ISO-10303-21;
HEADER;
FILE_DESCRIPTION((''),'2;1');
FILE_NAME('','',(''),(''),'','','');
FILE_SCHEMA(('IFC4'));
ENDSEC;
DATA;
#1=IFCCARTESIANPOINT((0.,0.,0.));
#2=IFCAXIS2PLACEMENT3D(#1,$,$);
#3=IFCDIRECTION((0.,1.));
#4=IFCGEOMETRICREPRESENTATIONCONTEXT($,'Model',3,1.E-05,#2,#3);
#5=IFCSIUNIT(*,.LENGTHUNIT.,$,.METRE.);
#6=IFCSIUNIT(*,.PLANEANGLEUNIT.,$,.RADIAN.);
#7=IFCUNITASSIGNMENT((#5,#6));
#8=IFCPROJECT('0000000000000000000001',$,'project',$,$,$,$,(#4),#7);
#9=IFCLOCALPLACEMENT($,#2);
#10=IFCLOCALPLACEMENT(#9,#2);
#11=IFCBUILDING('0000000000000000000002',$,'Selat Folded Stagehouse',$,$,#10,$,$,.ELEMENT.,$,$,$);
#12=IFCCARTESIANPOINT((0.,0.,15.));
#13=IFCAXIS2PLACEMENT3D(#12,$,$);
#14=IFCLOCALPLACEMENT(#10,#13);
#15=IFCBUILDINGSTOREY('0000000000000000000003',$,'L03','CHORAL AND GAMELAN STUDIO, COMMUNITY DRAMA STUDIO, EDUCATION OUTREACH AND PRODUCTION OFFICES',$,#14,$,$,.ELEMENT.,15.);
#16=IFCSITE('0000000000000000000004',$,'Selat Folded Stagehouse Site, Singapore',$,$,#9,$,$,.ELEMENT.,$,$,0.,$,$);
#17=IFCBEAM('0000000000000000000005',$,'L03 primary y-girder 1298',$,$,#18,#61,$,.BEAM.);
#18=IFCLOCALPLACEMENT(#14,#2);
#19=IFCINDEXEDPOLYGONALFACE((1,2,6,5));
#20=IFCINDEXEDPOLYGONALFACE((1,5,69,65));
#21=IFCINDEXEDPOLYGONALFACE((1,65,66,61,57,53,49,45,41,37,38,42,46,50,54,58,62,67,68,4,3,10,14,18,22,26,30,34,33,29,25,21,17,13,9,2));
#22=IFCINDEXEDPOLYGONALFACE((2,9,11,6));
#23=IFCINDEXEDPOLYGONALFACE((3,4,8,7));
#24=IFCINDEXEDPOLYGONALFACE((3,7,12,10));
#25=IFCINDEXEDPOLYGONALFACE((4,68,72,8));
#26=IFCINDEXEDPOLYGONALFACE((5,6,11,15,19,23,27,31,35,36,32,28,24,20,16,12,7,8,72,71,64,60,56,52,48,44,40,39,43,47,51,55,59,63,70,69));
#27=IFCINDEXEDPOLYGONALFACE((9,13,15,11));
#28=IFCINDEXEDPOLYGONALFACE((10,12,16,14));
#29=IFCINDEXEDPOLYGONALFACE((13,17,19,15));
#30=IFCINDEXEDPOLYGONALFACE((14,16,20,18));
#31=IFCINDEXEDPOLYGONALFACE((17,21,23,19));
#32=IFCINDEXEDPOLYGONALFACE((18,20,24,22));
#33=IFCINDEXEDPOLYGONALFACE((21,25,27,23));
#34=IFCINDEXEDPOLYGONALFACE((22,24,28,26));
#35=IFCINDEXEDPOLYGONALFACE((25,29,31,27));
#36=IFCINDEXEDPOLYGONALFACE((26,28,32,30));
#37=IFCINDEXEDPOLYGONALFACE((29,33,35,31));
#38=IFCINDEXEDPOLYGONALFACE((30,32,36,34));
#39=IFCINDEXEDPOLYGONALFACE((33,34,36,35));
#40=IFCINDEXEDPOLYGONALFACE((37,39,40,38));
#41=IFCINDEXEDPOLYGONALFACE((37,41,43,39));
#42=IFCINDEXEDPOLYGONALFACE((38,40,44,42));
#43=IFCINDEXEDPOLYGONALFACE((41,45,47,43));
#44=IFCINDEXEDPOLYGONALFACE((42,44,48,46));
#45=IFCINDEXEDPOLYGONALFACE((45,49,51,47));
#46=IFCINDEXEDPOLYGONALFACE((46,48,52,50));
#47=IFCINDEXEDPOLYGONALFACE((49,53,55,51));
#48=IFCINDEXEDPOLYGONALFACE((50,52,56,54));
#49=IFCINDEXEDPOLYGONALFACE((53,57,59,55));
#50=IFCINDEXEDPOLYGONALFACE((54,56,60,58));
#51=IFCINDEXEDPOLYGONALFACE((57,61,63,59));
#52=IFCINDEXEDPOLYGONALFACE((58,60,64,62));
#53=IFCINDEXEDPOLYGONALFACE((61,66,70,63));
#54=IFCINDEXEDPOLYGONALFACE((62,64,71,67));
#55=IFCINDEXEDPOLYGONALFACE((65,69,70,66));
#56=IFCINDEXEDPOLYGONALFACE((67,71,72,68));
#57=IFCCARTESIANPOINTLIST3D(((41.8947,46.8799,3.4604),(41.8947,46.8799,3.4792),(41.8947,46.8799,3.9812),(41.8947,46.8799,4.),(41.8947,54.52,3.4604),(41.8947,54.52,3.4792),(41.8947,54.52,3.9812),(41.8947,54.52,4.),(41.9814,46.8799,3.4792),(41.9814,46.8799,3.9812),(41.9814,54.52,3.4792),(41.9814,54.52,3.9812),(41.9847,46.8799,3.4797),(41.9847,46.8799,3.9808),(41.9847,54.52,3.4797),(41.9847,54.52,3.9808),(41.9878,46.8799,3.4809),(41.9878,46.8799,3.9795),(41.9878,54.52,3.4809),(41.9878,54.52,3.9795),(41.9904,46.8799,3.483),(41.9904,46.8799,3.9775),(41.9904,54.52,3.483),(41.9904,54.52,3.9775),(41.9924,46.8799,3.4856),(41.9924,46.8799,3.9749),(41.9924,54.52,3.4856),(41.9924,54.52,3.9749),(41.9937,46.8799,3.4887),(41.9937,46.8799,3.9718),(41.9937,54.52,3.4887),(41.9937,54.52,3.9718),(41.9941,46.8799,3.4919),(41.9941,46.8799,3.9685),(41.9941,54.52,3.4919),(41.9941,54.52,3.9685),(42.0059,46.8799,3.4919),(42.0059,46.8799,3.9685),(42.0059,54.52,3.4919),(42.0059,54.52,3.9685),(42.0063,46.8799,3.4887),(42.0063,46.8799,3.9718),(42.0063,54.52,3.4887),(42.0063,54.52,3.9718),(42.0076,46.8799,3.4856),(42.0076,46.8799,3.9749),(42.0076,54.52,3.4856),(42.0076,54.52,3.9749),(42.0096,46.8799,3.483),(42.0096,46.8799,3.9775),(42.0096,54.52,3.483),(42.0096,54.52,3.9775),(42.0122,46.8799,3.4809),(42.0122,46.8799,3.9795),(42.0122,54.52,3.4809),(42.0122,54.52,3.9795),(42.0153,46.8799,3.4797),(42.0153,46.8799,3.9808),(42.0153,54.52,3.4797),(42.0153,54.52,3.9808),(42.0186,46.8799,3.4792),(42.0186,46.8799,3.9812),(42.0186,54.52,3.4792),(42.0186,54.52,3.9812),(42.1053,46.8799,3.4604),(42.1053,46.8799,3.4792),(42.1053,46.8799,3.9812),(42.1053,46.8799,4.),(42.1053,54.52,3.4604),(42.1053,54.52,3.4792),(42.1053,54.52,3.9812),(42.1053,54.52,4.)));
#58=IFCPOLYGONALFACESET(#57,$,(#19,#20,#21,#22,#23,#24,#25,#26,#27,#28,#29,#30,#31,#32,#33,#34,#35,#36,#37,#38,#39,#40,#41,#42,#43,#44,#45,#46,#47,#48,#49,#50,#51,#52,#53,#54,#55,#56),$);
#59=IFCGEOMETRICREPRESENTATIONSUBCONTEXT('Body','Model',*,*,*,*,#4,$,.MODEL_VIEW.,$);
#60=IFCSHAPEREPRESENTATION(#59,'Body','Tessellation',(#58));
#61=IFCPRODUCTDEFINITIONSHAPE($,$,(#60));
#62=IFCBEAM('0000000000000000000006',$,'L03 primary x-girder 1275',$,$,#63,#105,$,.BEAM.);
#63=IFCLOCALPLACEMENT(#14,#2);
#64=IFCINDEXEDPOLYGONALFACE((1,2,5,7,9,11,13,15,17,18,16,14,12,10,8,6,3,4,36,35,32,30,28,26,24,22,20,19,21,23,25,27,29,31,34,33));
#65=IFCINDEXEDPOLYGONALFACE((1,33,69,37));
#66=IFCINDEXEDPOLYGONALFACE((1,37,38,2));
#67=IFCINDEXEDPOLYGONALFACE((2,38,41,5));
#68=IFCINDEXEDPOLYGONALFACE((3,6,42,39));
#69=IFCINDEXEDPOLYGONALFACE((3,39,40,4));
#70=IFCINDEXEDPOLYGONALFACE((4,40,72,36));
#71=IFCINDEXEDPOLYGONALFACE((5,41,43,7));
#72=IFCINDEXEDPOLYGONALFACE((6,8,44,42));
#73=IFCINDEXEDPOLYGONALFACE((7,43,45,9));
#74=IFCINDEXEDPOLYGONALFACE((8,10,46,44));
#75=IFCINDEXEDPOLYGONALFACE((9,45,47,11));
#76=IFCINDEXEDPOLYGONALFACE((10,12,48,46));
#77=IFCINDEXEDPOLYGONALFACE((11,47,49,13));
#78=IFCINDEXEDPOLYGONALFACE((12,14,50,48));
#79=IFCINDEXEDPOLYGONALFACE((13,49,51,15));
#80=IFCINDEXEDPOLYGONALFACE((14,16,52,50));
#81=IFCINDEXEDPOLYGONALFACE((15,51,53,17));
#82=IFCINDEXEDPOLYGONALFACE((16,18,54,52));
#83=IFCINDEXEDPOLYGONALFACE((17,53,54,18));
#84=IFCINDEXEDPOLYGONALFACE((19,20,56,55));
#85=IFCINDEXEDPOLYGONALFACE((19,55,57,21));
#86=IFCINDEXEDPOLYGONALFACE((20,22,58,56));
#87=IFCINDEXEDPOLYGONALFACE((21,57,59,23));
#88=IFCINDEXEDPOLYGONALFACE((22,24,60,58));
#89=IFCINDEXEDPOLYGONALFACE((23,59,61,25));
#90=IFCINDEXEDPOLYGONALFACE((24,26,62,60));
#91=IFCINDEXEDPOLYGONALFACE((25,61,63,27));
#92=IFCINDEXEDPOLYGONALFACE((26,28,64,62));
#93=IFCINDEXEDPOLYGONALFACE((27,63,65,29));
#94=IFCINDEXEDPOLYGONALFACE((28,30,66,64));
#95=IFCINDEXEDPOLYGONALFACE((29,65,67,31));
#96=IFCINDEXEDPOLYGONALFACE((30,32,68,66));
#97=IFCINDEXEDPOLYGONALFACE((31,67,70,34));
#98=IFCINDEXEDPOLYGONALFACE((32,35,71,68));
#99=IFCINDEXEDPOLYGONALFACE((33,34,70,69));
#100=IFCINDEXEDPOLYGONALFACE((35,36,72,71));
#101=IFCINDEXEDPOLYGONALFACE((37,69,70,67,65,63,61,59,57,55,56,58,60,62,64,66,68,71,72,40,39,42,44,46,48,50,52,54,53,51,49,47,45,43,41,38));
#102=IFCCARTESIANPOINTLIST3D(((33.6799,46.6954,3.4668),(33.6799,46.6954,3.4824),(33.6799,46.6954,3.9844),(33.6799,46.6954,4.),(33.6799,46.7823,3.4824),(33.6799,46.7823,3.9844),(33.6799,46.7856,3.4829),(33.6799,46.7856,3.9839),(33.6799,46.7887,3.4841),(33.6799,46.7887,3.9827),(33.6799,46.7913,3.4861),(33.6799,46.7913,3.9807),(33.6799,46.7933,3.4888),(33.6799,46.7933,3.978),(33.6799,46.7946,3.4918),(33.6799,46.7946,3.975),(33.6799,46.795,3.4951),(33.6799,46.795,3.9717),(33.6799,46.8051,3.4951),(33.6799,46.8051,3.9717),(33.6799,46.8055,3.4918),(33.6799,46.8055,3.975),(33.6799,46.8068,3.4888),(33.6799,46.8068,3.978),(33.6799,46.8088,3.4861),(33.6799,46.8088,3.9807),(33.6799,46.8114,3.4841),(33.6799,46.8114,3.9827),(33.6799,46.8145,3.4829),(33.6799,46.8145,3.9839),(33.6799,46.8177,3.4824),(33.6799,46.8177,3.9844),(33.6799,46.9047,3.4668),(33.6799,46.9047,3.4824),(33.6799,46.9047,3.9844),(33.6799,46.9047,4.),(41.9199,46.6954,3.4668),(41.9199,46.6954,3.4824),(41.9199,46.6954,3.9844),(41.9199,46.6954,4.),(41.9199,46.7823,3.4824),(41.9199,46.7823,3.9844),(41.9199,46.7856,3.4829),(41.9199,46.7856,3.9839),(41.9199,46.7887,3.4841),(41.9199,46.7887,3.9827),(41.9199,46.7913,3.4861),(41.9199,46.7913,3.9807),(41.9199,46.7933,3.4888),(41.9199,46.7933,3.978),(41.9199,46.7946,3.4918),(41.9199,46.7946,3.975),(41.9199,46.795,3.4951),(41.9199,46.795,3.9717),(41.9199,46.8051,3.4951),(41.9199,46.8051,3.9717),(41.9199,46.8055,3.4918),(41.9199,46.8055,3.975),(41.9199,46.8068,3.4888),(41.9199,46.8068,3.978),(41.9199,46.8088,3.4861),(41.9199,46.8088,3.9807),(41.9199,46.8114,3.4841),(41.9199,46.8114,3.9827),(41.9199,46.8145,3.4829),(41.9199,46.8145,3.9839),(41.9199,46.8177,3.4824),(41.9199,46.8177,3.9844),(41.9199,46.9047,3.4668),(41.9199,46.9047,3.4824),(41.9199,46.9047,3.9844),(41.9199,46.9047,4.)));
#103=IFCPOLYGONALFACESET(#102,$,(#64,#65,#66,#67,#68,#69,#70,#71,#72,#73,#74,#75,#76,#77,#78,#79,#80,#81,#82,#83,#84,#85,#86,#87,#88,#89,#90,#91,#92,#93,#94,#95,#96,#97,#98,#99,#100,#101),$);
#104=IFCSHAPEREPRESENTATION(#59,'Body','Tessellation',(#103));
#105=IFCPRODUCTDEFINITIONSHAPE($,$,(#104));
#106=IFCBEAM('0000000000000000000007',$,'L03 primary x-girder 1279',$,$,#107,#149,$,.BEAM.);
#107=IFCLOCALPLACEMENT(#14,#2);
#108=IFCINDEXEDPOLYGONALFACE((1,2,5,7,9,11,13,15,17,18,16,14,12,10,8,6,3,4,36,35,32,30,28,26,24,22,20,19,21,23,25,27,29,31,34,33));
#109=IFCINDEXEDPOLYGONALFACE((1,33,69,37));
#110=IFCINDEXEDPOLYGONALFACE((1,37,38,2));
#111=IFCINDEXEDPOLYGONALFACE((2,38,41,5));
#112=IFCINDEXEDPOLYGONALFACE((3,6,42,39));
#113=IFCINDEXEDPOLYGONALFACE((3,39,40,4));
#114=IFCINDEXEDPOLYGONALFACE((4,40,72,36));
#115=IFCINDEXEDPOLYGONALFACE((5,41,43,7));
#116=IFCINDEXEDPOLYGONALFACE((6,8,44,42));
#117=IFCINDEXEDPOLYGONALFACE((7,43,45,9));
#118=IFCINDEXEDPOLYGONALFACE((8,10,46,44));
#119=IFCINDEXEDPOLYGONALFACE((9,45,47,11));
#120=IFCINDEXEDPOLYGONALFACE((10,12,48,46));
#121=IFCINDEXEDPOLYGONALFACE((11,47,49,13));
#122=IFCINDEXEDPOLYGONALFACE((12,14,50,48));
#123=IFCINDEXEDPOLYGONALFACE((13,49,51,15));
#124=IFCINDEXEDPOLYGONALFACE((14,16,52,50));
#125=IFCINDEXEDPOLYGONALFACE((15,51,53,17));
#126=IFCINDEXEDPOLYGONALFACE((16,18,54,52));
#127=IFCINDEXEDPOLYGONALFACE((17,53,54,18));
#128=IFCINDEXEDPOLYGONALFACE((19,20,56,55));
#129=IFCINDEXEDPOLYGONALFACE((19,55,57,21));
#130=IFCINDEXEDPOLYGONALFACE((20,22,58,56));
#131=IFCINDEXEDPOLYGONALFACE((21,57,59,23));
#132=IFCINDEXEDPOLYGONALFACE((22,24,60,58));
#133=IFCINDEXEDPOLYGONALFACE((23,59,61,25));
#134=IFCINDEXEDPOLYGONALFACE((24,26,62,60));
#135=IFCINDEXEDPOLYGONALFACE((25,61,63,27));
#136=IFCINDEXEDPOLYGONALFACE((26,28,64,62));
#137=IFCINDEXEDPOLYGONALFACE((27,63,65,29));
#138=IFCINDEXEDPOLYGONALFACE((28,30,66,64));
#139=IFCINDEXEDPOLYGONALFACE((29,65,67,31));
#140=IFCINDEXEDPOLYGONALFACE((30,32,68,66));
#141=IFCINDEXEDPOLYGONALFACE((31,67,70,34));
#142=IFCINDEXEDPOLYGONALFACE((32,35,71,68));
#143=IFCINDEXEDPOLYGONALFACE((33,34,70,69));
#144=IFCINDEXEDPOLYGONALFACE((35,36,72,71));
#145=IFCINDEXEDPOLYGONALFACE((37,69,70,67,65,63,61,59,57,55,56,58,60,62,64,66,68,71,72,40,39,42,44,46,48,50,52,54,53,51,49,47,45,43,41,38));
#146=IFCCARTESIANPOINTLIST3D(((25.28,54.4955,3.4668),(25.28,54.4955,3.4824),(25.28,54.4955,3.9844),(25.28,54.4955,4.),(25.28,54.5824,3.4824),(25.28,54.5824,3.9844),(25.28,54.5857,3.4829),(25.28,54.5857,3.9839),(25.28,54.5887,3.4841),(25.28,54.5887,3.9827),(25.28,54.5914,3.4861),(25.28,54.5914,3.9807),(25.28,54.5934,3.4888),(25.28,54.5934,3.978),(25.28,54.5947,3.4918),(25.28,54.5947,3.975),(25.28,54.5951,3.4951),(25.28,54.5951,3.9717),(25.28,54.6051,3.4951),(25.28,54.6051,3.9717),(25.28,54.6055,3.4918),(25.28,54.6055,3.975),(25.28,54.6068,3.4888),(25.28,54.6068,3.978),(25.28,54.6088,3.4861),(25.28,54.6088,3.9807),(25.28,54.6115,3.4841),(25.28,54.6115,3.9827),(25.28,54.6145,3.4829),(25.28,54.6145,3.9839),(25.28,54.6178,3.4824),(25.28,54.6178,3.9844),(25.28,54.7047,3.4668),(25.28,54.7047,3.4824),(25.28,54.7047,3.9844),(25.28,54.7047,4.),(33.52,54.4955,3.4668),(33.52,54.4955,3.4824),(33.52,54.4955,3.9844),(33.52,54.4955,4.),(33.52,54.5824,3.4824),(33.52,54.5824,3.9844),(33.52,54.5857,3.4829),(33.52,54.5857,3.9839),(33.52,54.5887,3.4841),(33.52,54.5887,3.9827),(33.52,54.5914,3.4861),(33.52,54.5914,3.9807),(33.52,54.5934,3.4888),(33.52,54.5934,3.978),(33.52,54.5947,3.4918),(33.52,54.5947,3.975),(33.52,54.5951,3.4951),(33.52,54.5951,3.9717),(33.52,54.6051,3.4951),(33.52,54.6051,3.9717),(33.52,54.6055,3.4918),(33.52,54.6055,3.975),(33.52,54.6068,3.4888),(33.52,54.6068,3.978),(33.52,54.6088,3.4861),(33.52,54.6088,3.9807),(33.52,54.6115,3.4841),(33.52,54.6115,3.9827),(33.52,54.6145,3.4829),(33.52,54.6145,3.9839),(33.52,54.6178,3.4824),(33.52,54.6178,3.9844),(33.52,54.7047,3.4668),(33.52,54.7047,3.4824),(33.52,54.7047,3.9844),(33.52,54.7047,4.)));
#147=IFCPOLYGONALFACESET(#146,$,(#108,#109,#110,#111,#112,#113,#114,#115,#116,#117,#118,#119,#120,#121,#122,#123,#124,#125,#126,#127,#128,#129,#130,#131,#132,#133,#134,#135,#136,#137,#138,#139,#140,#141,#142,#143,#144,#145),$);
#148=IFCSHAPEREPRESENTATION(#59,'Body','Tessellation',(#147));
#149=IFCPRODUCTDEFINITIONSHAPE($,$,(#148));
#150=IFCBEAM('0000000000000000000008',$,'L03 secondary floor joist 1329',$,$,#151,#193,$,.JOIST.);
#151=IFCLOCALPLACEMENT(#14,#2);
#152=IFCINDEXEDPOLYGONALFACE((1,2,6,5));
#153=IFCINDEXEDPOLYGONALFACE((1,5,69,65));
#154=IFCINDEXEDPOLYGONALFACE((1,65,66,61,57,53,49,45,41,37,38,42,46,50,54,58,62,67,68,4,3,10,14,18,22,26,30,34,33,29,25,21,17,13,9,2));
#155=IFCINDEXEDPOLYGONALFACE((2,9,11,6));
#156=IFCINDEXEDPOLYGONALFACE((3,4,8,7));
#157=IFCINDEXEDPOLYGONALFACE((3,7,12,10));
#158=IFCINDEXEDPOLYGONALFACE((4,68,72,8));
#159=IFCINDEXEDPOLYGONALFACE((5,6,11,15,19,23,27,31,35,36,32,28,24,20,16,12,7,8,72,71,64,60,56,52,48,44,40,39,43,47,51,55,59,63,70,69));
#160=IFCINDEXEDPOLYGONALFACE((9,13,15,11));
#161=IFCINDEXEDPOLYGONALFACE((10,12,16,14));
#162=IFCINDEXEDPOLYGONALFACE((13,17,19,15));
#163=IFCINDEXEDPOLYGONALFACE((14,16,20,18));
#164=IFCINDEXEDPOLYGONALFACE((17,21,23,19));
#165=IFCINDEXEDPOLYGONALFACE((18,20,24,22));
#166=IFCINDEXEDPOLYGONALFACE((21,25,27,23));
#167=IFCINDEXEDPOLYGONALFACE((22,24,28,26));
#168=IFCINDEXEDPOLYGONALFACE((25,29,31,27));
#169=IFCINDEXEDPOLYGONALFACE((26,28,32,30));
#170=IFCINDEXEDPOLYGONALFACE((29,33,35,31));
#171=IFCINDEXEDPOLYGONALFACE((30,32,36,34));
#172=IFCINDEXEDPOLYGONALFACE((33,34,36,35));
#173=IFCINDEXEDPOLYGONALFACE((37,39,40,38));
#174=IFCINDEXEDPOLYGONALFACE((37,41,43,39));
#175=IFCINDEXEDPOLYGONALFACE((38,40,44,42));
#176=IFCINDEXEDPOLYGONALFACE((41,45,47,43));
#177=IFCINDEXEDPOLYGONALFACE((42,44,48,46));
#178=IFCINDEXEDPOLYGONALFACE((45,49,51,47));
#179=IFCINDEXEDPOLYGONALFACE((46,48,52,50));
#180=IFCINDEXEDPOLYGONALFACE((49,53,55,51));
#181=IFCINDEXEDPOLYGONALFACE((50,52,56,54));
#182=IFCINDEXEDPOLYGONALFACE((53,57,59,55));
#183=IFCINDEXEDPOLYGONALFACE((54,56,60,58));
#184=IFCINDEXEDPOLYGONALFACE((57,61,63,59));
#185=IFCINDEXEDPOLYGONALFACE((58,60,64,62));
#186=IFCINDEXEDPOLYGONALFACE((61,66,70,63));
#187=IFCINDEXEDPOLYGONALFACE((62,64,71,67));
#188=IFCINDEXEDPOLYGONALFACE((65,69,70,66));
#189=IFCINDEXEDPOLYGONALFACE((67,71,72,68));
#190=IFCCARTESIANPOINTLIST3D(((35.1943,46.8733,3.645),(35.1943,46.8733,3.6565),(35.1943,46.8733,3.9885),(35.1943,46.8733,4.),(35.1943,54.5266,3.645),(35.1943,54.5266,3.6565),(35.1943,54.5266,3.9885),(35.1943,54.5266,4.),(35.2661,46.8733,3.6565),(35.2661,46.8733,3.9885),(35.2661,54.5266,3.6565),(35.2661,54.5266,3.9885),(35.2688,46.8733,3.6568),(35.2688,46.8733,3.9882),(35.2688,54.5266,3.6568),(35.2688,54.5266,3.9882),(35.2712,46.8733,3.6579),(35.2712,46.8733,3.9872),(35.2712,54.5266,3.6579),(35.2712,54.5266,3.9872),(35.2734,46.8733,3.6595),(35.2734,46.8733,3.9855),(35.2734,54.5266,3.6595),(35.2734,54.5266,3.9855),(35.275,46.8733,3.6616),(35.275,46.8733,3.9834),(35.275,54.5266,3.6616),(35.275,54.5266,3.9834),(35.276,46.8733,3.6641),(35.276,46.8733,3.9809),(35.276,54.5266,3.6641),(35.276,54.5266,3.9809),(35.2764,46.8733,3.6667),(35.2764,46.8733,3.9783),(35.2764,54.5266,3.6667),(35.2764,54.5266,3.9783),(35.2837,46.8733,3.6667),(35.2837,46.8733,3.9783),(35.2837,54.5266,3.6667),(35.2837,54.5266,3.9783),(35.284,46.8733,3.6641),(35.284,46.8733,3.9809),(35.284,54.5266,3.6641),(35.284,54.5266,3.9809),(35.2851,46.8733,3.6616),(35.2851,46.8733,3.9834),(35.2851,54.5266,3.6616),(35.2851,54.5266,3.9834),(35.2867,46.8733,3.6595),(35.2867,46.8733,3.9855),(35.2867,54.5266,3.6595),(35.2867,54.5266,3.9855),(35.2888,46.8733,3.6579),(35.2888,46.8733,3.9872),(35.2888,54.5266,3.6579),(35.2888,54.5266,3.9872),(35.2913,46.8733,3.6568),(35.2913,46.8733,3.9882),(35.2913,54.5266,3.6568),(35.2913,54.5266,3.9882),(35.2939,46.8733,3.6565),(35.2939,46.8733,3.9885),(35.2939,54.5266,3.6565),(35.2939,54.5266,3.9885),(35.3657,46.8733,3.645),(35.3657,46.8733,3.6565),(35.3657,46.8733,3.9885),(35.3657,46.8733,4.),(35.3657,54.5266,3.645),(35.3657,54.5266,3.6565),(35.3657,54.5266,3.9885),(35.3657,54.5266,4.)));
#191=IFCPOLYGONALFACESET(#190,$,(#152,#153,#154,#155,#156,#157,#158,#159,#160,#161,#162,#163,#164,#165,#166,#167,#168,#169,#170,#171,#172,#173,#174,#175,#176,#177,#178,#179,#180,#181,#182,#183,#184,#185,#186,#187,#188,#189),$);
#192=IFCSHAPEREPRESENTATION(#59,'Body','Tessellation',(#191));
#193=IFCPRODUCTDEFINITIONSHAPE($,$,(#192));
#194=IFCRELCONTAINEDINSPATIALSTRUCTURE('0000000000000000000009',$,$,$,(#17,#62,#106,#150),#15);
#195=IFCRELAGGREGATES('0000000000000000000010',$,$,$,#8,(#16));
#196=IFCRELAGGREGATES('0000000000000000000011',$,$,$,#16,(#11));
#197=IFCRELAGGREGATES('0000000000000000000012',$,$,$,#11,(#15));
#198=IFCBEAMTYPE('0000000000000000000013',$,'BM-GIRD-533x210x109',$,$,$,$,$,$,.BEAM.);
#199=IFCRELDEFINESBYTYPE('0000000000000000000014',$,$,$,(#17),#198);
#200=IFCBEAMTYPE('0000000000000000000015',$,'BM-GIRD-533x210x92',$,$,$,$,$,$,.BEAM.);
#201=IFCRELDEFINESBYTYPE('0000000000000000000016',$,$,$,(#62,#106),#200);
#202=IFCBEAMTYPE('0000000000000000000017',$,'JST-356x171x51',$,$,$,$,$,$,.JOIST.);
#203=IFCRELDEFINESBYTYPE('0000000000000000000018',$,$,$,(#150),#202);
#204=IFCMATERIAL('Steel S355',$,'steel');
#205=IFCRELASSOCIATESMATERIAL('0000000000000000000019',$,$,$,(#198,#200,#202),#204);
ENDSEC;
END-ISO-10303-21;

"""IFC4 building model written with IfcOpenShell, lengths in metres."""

from ifc_helpers import new_model, si_unit, direction, frame, origin, origin_2d, place, context, subcontext, project, spatial, i_section, extrude, material, material_profile, profile_set, type_object, element, save


model = new_model("IFC4")

# Units and contexts
model_context = context("Model", 3, precision=1e-05, world=origin(), true_north=direction((0.0, 1.0)))
body_context = subcontext(model_context, "Body", "Model", "MODEL_VIEW")
ifc_project = project(units=[si_unit("LENGTHUNIT", "METRE"), si_unit("PLANEANGLEUNIT", "RADIAN")], contexts=[model_context])

# Site, building, storey
site_placement = place(None, origin())
site = spatial("IfcSite", under=ifc_project, at=site_placement, Name="Selat Folded Stagehouse Site, Singapore", CompositionType="ELEMENT", RefElevation=0.0)
building_placement = place(site_placement, origin())
building = spatial("IfcBuilding", under=site, at=building_placement, Name="Selat Folded Stagehouse", CompositionType="ELEMENT")
storey_placement = place(building_placement, frame((0.0, 0.0, 15.0)))
storey = spatial("IfcBuildingStorey", under=building, at=storey_placement, Name="L03", Description="CHORAL AND GAMELAN STUDIO, COMMUNITY DRAMA STUDIO, EDUCATION OUTREACH AND PRODUCTION OFFICES", CompositionType="ELEMENT", Elevation=15.0)

# Shared definitions
ifc_material_1 = material(Name="Steel S355", Category="steel")

# Beams
ifc_material_profile_1 = material_profile(ifc_material_1, i_section(OverallWidth=0.2107, OverallDepth=0.5396, WebThickness=0.0117, FlangeThickness=0.0188, FilletRadius=0.0127, at=origin_2d()), Name="UKB 533x210x109")
ifc_profile_set_1 = profile_set([ifc_material_profile_1], Name="Steel S355")
beam_type_1 = type_object("IfcBeamType", Name="BM-GIRD-533x210x109", PredefinedType="BEAM", material=ifc_profile_set_1)
for number, where, z_axis, x_axis, name in (
    (1, (42.0, 46.8799, 3.7302), (0.0, 1.0, 0.0), (-1.0, 0.0, 0.0), "L03 primary y-girder 1298"),
):
    element("IfcBeam", number, at=place(storey_placement, frame(where, z_axis=z_axis, x_axis=x_axis)), inside=storey, type_object=beam_type_1, Name=name, PredefinedType="BEAM", context=body_context, shape_type="SweptSolid", body=[
        extrude(i_section(OverallWidth=0.2107, OverallDepth=0.5396, WebThickness=0.0117, FlangeThickness=0.0188, FilletRadius=0.0127, at=origin_2d()), origin(), (0.0, 0.0, 1.0), 7.6401),
    ])
ifc_material_profile_2 = material_profile(ifc_material_1, i_section(OverallWidth=0.2092, OverallDepth=0.5332, WebThickness=0.01, FlangeThickness=0.0156, FilletRadius=0.0127, at=origin_2d()), Name="UKB 533x210x92")
ifc_profile_set_2 = profile_set([ifc_material_profile_2], Name="Steel S355")
beam_type_2 = type_object("IfcBeamType", Name="BM-GIRD-533x210x92", PredefinedType="BEAM", material=ifc_profile_set_2)
for number, where, z_axis, x_axis, name in (
    (2, (33.6799, 46.8, 3.7334), (1.0, 0.0, 0.0), (0.0, 1.0, 0.0), "L03 primary x-girder 1275"),
    (3, (25.28, 54.6001, 3.7334), (1.0, 0.0, 0.0), (0.0, 1.0, 0.0), "L03 primary x-girder 1279"),
):
    element("IfcBeam", number, at=place(storey_placement, frame(where, z_axis=z_axis, x_axis=x_axis)), inside=storey, type_object=beam_type_2, Name=name, PredefinedType="BEAM", context=body_context, shape_type="SweptSolid", body=[
        extrude(i_section(OverallWidth=0.2092, OverallDepth=0.5332, WebThickness=0.01, FlangeThickness=0.0156, FilletRadius=0.0127, at=origin_2d()), origin(), (0.0, 0.0, 1.0), 8.24),
    ])
ifc_material_profile_3 = material_profile(ifc_material_1, i_section(OverallWidth=0.1714, OverallDepth=0.355, WebThickness=0.0073, FlangeThickness=0.0115, FilletRadius=0.0103, at=origin_2d()), Name="UKB 356x171x51")
ifc_profile_set_3 = profile_set([ifc_material_profile_3], Name="Steel S355")
beam_type_3 = type_object("IfcBeamType", Name="JST-356x171x51", PredefinedType="JOIST", material=ifc_profile_set_3)
for number, where, z_axis, x_axis, name in (
    (4, (35.28, 46.8733, 3.8225), (0.0, 1.0, 0.0), (-1.0, 0.0, 0.0), "L03 secondary floor joist 1329"),
):
    element("IfcBeam", number, at=place(storey_placement, frame(where, z_axis=z_axis, x_axis=x_axis)), inside=storey, type_object=beam_type_3, Name=name, PredefinedType="JOIST", context=body_context, shape_type="SweptSolid", body=[
        extrude(i_section(OverallWidth=0.1714, OverallDepth=0.355, WebThickness=0.0073, FlangeThickness=0.0115, FilletRadius=0.0103, at=origin_2d()), origin(), (0.0, 0.0, 1.0), 7.6533),
    ])

save(model, "model.ifc")
